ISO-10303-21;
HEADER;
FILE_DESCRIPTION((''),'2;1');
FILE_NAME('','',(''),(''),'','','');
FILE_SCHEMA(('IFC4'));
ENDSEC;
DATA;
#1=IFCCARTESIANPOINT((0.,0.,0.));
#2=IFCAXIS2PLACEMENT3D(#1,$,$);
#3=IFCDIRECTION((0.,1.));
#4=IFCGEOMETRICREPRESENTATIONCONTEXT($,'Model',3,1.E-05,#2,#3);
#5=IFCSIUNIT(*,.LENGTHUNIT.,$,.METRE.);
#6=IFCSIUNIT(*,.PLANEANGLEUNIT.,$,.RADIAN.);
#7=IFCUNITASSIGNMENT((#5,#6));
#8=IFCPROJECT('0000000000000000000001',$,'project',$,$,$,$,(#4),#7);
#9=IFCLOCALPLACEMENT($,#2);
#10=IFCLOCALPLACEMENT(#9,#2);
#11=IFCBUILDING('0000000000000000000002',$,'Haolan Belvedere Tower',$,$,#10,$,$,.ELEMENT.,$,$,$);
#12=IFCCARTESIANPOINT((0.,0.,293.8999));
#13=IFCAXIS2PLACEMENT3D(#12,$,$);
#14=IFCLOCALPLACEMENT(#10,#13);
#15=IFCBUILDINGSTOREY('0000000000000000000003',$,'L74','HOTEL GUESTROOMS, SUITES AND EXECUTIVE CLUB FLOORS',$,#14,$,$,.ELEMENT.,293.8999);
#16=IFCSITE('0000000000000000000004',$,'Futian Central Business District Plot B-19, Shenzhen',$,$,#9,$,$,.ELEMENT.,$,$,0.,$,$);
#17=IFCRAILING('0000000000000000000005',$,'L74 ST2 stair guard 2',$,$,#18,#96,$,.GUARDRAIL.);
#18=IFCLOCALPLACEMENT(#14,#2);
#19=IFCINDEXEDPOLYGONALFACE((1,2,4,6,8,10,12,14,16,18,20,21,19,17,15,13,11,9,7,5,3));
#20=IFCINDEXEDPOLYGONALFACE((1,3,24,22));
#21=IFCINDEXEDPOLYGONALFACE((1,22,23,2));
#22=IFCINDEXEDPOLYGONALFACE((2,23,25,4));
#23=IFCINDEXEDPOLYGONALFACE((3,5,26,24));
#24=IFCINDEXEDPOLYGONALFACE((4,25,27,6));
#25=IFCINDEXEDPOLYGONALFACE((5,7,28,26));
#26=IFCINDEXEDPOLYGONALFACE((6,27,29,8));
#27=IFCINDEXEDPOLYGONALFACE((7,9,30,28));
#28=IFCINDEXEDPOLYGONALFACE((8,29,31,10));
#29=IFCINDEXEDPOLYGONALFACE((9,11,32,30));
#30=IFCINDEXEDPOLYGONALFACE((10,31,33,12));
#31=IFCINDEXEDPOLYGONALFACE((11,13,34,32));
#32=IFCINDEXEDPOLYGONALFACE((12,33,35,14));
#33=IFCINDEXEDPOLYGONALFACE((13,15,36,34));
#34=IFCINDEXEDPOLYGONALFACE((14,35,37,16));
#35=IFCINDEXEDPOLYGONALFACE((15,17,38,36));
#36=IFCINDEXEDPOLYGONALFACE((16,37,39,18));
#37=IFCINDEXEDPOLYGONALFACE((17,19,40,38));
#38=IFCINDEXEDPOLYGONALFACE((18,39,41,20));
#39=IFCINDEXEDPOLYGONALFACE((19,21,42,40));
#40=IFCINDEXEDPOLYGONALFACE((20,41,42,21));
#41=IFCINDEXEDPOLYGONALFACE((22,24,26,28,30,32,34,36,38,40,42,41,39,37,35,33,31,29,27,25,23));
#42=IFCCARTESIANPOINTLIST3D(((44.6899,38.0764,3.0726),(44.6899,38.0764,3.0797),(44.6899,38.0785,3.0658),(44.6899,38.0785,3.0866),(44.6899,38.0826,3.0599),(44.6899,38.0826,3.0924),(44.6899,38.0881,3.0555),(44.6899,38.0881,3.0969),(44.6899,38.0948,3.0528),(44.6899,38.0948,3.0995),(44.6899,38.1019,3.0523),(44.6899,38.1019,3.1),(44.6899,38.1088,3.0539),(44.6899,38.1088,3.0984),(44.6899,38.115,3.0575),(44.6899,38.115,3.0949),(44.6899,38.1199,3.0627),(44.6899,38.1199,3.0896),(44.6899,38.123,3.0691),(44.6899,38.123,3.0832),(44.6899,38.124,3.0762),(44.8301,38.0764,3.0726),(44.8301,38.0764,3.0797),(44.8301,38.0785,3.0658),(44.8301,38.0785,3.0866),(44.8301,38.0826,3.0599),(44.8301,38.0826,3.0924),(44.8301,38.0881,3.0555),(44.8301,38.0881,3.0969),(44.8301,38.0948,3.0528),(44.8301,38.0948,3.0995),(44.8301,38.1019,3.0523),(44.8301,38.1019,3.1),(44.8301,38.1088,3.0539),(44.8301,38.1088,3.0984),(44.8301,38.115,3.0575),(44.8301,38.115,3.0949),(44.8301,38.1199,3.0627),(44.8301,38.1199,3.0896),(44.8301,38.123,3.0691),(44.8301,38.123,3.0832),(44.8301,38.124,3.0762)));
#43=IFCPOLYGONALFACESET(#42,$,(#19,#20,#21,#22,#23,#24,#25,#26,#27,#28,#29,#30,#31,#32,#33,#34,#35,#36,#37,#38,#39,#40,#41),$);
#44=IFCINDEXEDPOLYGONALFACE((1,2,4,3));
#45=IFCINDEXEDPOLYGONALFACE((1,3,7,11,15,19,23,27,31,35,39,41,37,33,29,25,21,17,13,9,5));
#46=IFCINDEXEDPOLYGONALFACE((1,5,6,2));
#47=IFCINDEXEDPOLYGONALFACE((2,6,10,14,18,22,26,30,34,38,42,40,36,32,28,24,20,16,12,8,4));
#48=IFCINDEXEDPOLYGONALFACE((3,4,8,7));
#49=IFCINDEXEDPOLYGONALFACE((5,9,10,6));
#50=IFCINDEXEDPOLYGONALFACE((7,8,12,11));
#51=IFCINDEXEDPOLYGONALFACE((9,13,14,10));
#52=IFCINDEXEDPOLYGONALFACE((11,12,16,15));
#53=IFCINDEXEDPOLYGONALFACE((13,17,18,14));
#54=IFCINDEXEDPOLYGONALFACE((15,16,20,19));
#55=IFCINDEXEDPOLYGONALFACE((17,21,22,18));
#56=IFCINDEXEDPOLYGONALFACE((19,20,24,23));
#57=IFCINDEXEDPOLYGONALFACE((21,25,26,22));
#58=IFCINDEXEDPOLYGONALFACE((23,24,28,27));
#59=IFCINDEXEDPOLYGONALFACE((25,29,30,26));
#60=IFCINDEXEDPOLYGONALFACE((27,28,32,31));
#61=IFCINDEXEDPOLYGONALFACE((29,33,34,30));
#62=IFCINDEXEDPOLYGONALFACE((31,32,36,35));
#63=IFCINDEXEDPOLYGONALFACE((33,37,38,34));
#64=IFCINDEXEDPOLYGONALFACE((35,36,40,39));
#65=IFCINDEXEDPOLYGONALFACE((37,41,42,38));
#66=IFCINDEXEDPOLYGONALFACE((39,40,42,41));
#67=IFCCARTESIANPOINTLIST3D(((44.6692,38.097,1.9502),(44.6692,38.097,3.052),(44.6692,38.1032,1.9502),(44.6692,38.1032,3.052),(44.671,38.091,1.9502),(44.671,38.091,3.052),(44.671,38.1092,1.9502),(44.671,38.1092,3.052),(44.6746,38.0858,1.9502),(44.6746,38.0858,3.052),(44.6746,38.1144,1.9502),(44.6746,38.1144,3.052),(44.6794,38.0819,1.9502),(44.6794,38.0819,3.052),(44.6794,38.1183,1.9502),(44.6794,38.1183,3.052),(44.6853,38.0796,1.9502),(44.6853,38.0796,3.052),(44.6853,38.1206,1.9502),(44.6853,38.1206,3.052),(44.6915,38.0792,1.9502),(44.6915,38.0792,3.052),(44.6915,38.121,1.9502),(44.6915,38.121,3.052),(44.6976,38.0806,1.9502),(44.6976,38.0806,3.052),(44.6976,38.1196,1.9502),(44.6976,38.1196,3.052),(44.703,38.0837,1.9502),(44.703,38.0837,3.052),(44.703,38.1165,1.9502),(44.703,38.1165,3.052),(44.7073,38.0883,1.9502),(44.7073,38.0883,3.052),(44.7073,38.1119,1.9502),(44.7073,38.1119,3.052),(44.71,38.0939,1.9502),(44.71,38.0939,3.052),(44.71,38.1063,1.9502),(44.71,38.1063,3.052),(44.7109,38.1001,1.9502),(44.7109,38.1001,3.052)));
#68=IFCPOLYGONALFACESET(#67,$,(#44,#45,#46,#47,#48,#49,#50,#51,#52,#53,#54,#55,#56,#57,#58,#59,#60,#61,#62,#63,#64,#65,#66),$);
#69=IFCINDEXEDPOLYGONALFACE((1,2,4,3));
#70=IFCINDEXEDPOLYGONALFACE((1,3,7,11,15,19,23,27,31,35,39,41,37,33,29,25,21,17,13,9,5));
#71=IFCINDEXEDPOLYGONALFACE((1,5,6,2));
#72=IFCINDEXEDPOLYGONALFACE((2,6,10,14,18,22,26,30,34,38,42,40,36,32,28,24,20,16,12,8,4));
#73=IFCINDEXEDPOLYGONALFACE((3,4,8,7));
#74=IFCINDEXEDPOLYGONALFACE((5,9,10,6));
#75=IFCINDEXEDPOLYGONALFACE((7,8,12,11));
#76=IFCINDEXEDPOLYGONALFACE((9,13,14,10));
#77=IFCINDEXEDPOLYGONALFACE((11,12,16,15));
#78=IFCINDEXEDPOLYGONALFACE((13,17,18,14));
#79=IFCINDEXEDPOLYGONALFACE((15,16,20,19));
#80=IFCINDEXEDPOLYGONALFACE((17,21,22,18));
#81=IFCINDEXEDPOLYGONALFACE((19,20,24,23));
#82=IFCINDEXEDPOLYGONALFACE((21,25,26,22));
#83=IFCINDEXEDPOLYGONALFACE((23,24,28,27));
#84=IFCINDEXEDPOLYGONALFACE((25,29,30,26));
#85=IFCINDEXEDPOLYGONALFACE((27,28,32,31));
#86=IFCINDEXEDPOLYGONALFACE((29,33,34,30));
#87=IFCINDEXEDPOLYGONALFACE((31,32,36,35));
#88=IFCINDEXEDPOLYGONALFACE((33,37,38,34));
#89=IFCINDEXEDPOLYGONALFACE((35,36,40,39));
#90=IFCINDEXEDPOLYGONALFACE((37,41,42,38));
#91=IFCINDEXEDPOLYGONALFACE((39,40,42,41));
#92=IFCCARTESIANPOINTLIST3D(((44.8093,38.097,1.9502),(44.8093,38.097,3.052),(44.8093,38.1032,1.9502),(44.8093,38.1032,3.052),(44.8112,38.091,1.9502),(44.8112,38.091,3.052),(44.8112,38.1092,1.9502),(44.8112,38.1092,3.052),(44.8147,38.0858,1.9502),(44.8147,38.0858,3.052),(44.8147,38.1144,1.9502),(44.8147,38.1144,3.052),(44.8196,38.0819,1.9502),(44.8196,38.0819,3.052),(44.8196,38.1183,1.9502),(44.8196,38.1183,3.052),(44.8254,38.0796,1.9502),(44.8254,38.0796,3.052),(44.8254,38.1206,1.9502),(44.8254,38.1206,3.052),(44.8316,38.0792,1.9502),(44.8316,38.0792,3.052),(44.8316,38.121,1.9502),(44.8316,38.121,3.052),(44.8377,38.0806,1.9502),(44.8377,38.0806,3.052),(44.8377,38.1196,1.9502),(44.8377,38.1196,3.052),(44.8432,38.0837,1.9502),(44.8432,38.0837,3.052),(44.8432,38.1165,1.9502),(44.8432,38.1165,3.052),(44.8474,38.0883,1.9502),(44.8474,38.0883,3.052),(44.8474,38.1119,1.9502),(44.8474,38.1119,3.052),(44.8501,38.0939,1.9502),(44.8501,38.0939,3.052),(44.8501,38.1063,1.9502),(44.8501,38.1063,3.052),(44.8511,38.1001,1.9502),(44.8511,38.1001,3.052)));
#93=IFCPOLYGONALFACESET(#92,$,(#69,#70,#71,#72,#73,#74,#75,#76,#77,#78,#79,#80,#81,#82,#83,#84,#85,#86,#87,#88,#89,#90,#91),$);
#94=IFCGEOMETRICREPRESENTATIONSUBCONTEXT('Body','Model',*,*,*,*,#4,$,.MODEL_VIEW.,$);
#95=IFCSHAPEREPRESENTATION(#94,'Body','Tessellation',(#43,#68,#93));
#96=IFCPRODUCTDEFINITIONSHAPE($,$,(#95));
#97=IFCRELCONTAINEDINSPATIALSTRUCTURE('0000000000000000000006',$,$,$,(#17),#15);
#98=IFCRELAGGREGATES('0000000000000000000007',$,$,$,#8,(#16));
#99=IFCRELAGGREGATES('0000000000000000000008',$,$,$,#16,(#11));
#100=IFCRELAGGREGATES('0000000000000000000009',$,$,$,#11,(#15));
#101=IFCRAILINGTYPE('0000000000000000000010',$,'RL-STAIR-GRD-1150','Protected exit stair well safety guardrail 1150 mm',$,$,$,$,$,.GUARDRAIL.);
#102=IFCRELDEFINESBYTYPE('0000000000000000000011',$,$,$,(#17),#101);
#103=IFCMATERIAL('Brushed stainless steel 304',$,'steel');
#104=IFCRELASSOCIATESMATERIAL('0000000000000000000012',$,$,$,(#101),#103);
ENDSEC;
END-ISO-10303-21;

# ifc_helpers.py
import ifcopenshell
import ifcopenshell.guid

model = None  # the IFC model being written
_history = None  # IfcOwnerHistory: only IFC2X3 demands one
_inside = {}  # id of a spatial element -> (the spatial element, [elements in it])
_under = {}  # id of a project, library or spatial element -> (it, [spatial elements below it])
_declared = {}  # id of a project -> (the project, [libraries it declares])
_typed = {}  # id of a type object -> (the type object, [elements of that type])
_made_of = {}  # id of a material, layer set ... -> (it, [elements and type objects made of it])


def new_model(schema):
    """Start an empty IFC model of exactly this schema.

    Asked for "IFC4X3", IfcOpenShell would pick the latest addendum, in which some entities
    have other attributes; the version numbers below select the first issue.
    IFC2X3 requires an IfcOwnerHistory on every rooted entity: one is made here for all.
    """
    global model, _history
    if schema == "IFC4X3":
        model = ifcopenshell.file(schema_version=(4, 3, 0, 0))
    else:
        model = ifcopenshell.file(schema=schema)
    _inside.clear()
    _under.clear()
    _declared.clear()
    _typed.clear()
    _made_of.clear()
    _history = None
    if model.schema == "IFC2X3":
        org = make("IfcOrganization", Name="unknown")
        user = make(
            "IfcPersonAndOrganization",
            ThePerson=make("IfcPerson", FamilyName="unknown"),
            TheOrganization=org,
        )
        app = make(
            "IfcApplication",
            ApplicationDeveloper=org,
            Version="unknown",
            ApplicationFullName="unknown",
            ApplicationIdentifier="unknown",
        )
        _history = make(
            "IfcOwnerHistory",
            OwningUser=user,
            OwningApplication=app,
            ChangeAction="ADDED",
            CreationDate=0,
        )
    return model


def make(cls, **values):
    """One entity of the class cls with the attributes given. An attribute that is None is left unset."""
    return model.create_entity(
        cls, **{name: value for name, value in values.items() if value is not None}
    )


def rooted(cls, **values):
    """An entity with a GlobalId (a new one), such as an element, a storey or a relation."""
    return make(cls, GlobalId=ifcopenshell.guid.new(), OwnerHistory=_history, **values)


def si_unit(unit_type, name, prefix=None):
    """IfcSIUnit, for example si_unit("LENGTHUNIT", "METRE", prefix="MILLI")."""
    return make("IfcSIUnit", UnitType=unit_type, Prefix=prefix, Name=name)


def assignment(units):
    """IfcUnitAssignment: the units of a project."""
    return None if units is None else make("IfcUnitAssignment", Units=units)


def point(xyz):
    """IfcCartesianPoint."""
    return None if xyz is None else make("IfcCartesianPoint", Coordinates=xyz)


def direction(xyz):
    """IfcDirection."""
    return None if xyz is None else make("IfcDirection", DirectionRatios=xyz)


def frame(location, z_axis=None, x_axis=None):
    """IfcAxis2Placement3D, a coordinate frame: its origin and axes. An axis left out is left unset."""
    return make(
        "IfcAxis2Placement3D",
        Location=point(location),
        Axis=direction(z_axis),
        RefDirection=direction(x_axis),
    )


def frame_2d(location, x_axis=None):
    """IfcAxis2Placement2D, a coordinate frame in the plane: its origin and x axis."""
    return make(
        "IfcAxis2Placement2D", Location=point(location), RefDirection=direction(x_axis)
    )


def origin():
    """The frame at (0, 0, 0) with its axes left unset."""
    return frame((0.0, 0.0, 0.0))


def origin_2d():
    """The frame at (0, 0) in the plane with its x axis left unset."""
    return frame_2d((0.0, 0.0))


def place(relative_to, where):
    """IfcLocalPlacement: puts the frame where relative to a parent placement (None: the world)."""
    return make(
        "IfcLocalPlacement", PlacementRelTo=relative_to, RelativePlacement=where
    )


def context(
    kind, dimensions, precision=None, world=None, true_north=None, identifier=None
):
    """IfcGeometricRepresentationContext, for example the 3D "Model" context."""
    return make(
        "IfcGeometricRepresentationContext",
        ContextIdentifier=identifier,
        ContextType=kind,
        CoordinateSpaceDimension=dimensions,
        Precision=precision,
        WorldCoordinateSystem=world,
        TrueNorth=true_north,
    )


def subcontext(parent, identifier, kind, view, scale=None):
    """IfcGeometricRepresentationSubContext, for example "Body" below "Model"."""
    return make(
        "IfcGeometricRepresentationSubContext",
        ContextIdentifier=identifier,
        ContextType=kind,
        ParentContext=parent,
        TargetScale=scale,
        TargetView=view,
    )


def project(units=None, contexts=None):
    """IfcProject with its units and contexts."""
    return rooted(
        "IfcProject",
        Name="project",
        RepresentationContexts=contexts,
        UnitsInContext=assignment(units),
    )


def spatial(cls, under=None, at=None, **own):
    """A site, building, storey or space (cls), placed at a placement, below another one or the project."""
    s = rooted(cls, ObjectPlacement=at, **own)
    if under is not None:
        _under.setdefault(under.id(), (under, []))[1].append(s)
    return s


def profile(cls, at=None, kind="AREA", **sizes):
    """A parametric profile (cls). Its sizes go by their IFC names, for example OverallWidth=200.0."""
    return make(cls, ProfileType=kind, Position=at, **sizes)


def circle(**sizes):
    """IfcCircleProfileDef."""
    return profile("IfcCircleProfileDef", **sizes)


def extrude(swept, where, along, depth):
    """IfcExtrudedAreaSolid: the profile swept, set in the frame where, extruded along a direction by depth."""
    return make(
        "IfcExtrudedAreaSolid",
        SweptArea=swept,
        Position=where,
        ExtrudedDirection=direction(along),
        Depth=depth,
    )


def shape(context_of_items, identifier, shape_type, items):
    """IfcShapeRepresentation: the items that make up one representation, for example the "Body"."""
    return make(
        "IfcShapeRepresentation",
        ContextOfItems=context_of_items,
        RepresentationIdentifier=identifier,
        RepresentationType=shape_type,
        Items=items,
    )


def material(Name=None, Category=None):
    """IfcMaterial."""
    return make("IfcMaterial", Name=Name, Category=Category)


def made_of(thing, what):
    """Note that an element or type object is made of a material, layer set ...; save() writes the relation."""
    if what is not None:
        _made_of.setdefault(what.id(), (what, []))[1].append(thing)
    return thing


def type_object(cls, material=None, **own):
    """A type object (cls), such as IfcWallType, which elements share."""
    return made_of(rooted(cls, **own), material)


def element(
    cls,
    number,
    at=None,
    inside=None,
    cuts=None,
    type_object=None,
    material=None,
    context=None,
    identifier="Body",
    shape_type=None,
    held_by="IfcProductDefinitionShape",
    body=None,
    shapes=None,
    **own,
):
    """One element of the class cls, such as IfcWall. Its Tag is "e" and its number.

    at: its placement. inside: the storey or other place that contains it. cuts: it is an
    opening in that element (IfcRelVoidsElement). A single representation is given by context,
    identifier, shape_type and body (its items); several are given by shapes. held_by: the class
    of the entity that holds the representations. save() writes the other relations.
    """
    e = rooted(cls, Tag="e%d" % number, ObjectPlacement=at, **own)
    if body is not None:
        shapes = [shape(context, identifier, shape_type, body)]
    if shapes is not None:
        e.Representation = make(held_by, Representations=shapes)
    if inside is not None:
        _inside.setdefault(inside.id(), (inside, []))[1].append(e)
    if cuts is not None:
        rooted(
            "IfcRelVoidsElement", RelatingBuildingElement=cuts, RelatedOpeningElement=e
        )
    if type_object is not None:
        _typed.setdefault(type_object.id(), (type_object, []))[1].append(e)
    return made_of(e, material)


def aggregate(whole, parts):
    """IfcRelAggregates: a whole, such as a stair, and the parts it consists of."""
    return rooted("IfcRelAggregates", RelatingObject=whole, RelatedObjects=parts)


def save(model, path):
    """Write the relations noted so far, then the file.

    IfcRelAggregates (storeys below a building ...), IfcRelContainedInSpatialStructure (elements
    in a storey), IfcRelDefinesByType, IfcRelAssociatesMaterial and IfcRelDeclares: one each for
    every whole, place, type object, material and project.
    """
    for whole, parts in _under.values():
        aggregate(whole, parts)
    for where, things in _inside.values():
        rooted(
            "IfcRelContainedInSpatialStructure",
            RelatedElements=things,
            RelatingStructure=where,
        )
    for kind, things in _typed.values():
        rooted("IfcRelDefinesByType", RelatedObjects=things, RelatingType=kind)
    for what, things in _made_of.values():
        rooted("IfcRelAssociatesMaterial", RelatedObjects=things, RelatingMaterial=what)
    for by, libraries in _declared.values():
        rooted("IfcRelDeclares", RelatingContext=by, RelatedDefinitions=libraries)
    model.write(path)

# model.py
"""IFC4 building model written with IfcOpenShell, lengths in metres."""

from ifc_helpers import new_model, si_unit, direction, frame, origin, origin_2d, place, context, subcontext, project, spatial, circle, extrude, material, type_object, element, save


model = new_model("IFC4")

# Units and contexts
model_context = context("Model", 3, precision=1e-05, world=origin(), true_north=direction((0.0, 1.0)))
body_context = subcontext(model_context, "Body", "Model", "MODEL_VIEW")
ifc_project = project(units=[si_unit("LENGTHUNIT", "METRE"), si_unit("PLANEANGLEUNIT", "RADIAN")], contexts=[model_context])

# Site, building, storey
site_placement = place(None, origin())
site = spatial("IfcSite", under=ifc_project, at=site_placement, Name="Futian Central Business District Plot B-19, Shenzhen", CompositionType="ELEMENT", RefElevation=0.0)
building_placement = place(site_placement, origin())
building = spatial("IfcBuilding", under=site, at=building_placement, Name="Haolan Belvedere Tower", CompositionType="ELEMENT")
storey_placement = place(building_placement, frame((0.0, 0.0, 293.8999)))
storey = spatial("IfcBuildingStorey", under=building, at=storey_placement, Name="L74", Description="HOTEL GUESTROOMS, SUITES AND EXECUTIVE CLUB FLOORS", CompositionType="ELEMENT", Elevation=293.8999)

# Railing
ifc_material_1 = material(Name="Brushed stainless steel 304", Category="steel")
railing_type_1 = type_object("IfcRailingType", Name="RL-STAIR-GRD-1150", Description="Protected exit stair well safety guardrail 1150 mm", PredefinedType="GUARDRAIL", material=ifc_material_1)
railing_1_placement = place(storey_placement, frame((44.6899, 38.1001, 1.9502)))
element("IfcRailing", 1, at=railing_1_placement, inside=storey, type_object=railing_type_1, Name="L74 ST2 stair guard 2", PredefinedType="GUARDRAIL", context=body_context, shape_type="SweptSolid", body=[
    extrude(circle(Radius=0.0239, at=origin_2d()), frame((0.0, 0.0, 1.126), z_axis=(1.0, 0.0, 0.0), x_axis=(0.0, 1.0, 0.0)), (0.0, 0.0, 1.0), 0.1401),
    extrude(circle(Radius=0.021, at=origin_2d()), origin(), (0.0, 0.0, 1.0), 1.1018),
    extrude(circle(Radius=0.021, at=origin_2d()), frame((0.1401, 0.0, 0.0)), (0.0, 0.0, 1.0), 1.1018),
])

save(model, "model.ifc")
